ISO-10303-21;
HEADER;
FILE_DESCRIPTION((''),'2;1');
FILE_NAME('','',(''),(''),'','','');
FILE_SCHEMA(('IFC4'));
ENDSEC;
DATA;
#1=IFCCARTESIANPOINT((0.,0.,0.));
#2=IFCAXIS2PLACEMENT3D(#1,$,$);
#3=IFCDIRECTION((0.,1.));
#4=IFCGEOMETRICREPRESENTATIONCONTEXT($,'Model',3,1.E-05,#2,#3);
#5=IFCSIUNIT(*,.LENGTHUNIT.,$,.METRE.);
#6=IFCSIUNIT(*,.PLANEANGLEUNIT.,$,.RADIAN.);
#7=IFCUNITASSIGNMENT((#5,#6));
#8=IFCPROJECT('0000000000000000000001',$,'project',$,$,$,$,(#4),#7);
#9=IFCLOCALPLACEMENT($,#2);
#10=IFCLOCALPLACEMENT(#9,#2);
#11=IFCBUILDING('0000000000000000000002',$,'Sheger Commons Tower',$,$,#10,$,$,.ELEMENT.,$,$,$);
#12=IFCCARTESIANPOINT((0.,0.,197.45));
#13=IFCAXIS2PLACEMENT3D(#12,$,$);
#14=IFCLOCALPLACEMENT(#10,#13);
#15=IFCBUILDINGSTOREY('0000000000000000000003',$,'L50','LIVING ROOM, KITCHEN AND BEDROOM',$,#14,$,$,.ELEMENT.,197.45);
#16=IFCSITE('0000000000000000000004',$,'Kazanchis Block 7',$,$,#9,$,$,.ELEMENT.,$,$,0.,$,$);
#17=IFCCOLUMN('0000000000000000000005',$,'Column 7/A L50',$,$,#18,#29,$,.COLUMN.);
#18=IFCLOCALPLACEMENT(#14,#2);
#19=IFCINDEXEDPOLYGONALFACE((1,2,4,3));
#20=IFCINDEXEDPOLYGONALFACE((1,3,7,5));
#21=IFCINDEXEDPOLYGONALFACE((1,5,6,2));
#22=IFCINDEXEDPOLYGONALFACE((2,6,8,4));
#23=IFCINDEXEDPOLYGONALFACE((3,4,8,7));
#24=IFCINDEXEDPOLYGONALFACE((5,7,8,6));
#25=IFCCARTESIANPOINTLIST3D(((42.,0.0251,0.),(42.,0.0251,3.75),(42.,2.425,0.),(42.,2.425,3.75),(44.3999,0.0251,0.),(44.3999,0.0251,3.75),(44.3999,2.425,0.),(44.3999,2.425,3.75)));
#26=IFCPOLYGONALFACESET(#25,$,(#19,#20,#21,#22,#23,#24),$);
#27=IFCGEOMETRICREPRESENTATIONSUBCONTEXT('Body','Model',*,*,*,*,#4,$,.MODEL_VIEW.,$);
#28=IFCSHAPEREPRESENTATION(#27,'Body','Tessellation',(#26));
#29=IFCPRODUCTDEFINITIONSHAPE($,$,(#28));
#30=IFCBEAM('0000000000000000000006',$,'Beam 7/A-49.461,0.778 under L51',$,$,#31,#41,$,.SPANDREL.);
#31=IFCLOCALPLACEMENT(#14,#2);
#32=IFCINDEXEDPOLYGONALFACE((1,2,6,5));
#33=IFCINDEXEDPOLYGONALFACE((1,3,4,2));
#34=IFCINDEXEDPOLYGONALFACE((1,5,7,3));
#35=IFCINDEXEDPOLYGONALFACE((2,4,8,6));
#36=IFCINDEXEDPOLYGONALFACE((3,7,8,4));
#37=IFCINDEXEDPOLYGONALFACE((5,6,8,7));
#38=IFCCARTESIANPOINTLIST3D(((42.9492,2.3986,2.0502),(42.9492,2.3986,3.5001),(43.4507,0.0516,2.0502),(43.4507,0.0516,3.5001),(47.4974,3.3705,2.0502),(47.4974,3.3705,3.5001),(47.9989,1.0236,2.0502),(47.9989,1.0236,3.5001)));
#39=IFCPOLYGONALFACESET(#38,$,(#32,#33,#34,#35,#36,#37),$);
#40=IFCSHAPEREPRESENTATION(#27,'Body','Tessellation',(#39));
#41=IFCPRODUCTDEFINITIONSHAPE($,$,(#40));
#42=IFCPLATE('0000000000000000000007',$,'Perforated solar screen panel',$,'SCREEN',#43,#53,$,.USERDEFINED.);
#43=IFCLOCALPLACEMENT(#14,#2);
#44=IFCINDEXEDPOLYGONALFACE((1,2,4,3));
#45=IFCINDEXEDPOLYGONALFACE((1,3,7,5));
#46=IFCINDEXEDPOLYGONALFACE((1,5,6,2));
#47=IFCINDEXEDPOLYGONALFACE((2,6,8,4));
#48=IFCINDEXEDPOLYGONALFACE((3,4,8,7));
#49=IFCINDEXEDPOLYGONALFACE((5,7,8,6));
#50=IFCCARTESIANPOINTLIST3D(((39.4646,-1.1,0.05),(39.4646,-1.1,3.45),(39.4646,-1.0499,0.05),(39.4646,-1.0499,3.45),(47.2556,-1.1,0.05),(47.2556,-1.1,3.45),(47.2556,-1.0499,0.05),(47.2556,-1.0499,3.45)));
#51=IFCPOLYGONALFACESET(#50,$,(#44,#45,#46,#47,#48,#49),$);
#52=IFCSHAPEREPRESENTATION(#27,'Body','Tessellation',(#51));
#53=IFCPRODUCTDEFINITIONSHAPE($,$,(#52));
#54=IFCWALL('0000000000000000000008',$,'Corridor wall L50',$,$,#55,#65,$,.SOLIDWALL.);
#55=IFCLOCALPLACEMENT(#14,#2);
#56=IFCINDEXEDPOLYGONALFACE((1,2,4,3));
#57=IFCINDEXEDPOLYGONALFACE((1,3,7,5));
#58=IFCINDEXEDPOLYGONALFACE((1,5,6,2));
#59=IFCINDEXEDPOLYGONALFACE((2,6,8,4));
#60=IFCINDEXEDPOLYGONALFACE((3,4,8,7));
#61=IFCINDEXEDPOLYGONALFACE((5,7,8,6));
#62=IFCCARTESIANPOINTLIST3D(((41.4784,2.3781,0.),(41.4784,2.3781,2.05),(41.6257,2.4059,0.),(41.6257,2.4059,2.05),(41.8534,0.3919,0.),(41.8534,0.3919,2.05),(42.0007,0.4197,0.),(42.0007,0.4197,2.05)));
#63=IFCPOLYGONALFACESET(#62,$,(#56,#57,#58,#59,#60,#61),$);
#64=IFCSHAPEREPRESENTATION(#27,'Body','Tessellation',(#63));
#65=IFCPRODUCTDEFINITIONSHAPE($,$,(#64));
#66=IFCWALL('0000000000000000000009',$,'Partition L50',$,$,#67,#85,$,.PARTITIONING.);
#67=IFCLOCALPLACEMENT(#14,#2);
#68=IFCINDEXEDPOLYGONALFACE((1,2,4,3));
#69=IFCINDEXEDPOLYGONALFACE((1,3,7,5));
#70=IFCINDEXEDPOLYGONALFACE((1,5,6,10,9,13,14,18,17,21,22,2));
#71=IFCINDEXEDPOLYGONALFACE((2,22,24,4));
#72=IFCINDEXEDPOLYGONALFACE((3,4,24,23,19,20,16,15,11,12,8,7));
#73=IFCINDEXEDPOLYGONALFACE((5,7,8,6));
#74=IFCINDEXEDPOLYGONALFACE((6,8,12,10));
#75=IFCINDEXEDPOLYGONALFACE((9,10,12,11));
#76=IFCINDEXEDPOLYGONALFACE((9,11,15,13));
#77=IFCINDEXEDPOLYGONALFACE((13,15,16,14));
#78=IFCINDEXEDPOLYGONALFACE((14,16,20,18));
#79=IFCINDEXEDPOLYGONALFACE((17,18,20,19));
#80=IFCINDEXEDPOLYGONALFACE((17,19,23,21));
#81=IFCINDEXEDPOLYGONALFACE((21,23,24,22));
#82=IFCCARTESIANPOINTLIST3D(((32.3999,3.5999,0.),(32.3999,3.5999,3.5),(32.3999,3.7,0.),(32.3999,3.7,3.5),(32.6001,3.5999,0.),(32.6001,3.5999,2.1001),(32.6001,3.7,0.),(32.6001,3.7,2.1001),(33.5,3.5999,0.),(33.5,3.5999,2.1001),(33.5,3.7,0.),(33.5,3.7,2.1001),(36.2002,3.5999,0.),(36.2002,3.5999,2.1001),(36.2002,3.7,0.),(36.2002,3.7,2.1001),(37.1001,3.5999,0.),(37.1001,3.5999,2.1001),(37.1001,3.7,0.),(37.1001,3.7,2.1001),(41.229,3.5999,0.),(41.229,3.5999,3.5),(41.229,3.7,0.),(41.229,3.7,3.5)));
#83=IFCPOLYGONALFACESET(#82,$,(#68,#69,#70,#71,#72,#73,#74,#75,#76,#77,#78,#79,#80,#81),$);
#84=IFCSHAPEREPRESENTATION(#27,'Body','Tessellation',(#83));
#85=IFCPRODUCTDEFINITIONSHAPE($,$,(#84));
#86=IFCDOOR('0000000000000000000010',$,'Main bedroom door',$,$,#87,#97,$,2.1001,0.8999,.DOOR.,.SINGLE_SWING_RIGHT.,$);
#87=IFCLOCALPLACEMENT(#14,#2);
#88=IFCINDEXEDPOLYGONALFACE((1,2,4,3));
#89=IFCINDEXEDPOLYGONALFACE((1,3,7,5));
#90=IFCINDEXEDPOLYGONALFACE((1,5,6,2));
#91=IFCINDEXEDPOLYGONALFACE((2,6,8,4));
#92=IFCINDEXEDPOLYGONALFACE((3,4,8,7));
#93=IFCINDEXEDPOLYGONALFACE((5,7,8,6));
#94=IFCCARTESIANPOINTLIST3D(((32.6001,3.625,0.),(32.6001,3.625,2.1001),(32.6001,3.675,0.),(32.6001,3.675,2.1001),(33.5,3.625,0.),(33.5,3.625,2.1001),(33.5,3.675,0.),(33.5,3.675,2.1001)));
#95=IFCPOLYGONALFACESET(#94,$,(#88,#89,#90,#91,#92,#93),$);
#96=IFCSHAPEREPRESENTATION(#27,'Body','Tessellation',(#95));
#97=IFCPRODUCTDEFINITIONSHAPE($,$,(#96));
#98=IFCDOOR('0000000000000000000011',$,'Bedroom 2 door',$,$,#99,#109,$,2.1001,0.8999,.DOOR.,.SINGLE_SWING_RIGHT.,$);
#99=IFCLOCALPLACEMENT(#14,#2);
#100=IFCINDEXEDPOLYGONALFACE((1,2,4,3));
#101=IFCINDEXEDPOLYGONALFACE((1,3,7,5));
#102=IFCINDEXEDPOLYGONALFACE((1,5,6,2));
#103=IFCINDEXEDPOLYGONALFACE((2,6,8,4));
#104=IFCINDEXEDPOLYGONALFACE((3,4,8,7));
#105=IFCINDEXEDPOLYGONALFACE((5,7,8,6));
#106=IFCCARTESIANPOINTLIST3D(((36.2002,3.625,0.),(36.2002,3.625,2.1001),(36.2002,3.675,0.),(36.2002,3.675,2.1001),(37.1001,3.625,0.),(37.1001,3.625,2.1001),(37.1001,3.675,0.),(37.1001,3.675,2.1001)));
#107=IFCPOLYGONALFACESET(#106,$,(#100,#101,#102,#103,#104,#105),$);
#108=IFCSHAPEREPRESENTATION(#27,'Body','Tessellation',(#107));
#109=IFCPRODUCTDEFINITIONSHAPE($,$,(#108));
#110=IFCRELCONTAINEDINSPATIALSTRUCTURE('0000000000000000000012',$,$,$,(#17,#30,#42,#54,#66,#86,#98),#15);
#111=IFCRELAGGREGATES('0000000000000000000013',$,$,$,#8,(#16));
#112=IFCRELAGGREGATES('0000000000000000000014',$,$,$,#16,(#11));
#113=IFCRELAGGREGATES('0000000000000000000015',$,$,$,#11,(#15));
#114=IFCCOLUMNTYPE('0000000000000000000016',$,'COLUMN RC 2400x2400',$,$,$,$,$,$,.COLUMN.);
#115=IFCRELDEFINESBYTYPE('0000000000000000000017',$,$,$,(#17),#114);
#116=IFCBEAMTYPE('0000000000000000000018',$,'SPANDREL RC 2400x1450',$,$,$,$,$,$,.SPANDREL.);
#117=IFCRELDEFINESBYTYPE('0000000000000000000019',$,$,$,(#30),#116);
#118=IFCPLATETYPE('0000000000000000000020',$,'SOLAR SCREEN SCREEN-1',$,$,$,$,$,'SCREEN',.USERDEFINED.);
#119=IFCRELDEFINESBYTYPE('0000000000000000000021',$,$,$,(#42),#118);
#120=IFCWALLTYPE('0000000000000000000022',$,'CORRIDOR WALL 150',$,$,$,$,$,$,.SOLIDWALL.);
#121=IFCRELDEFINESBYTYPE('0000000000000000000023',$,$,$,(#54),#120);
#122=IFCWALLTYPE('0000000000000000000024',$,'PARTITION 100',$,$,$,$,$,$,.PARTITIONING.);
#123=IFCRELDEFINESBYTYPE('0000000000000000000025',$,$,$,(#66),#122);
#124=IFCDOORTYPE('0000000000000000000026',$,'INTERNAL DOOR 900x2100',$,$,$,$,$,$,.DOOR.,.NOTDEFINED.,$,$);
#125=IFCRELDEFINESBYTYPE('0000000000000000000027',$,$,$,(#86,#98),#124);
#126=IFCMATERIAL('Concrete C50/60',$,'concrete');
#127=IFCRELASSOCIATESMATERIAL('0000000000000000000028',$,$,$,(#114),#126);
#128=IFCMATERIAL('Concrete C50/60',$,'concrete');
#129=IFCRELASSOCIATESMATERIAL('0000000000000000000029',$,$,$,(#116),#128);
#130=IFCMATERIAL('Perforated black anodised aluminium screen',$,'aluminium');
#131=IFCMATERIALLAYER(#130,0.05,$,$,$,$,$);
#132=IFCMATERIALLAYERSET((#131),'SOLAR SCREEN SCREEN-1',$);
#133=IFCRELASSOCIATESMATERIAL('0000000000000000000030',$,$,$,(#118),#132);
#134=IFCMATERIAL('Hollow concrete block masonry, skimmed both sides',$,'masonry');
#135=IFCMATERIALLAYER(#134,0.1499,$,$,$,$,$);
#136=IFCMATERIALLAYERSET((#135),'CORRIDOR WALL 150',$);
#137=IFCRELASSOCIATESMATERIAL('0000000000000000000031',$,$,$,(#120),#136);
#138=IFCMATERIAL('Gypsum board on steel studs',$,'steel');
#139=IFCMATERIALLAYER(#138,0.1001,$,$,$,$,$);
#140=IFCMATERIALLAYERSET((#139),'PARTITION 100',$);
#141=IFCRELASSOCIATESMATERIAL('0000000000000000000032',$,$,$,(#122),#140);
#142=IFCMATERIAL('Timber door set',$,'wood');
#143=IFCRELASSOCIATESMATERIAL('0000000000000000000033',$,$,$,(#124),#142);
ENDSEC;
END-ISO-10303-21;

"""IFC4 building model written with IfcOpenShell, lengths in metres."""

from ifc_helpers import new_model, si_unit, direction, frame, frame_2d, origin, origin_2d, place, context, subcontext, project, spatial, rectangle, extrude, material, layer, layer_set, material_profile, profile_set, type_object, element, fill, save


model = new_model("IFC4")

# Units and contexts
model_context = context("Model", 3, precision=1e-05, world=origin(), true_north=direction((0.0, 1.0)))
body_context = subcontext(model_context, "Body", "Model", "MODEL_VIEW")
ifc_project = project(units=[si_unit("LENGTHUNIT", "METRE"), si_unit("PLANEANGLEUNIT", "RADIAN")], contexts=[model_context])

# Site, building, storey
site_placement = place(None, origin())
site = spatial("IfcSite", under=ifc_project, at=site_placement, Name="Kazanchis Block 7", CompositionType="ELEMENT", RefElevation=0.0)
building_placement = place(site_placement, origin())
building = spatial("IfcBuilding", under=site, at=building_placement, Name="Sheger Commons Tower", CompositionType="ELEMENT")
storey_placement = place(building_placement, frame((0.0, 0.0, 197.45)))
storey = spatial("IfcBuildingStorey", under=building, at=storey_placement, Name="L50", Description="LIVING ROOM, KITCHEN AND BEDROOM", CompositionType="ELEMENT", Elevation=197.45)

# Column
ifc_material_1 = material(Name="Concrete C50/60", Category="concrete")
ifc_material_profile_1 = material_profile(ifc_material_1, rectangle(XDim=2.3999, YDim=2.3999, at=origin_2d()), Name="RC 2400x2400")
ifc_profile_set_1 = profile_set([ifc_material_profile_1], Name="Concrete C50/60")
column_type = type_object("IfcColumnType", Name="COLUMN RC 2400x2400", PredefinedType="COLUMN", material=ifc_profile_set_1)
column_placement = place(storey_placement, frame((43.2, 1.2251, 0.0), z_axis=(0.0, 0.0, 1.0), x_axis=(1.0, 0.0, 0.0)))
element("IfcColumn", 1, at=column_placement, inside=storey, type_object=column_type, Name="Column 7/A L50", PredefinedType="COLUMN", context=body_context, shape_type="SweptSolid", body=[
    extrude(rectangle(XDim=2.3999, YDim=2.3999, at=origin_2d()), origin(), (0.0, 0.0, 1.0), 3.75),
])

# Beam
ifc_material_2 = material(Name="Concrete C50/60", Category="concrete")
ifc_material_profile_2 = material_profile(ifc_material_2, rectangle(XDim=2.3999, YDim=1.45, at=origin_2d()), Name="RC 2400x1450")
ifc_profile_set_2 = profile_set([ifc_material_profile_2], Name="Concrete C50/60")
beam_type = type_object("IfcBeamType", Name="SPANDREL RC 2400x1450", PredefinedType="SPANDREL", material=ifc_profile_set_2)
beam_placement = place(storey_placement, frame((43.2, 1.2251, 2.7751), z_axis=(0.97792, 0.208981, 0.0), x_axis=(-0.208981, 0.97792, 0.0)))
element("IfcBeam", 2, at=beam_placement, inside=storey, type_object=beam_type, Name="Beam 7/A-49.461,0.778 under L51", PredefinedType="SPANDREL", context=body_context, shape_type="SweptSolid", body=[
    extrude(rectangle(XDim=2.3999, YDim=1.45, at=origin_2d()), origin(), (0.0, 0.0, 1.0), 4.6509),
])

# Plate
ifc_material_3 = material(Name="Perforated black anodised aluminium screen", Category="aluminium")
ifc_layer_1 = layer(ifc_material_3, 0.05)
ifc_layer_set_1 = layer_set([ifc_layer_1], Name="SOLAR SCREEN SCREEN-1")
plate_type = type_object("IfcPlateType", Name="SOLAR SCREEN SCREEN-1", ElementType="SCREEN", PredefinedType="USERDEFINED", material=ifc_layer_set_1)
plate_placement = place(storey_placement, frame((43.3601, -1.075, 0.05), z_axis=(0.0, 0.0, 1.0), x_axis=(1.0, 0.0, 0.0)))
element("IfcPlate", 3, at=plate_placement, inside=storey, type_object=plate_type, Name="Perforated solar screen panel", ObjectType="SCREEN", PredefinedType="USERDEFINED", context=body_context, shape_type="SweptSolid", body=[
    extrude(rectangle(XDim=7.791, YDim=0.05, at=origin_2d()), origin(), (0.0, 0.0, 1.0), 3.3999),
])

# Wall
ifc_material_4 = material(Name="Hollow concrete block masonry, skimmed both sides", Category="masonry")
ifc_layer_2 = layer(ifc_material_4, 0.1499)
ifc_layer_set_2 = layer_set([ifc_layer_2], Name="CORRIDOR WALL 150")
wall_type_1 = type_object("IfcWallType", Name="CORRIDOR WALL 150", PredefinedType="SOLIDWALL", material=ifc_layer_set_2)
wall_1_placement = place(storey_placement, frame((41.552, 2.3921, 0.0), z_axis=(0.0, 0.0, 1.0), x_axis=(0.185536, -0.982638, 0.0)))
element("IfcWall", 4, at=wall_1_placement, inside=storey, type_object=wall_type_1, Name="Corridor wall L50", PredefinedType="SOLIDWALL", context=body_context, shape_type="SweptSolid", body=[
    extrude(rectangle(XDim=2.0212, YDim=0.1499, at=frame_2d((1.0107, 0.0))), origin(), (0.0, 0.0, 1.0), 2.05),
])

# Wall, openings, doors
ifc_material_5 = material(Name="Gypsum board on steel studs", Category="steel")
ifc_layer_3 = layer(ifc_material_5, 0.1001)
ifc_layer_set_3 = layer_set([ifc_layer_3], Name="PARTITION 100")
wall_type_2 = type_object("IfcWallType", Name="PARTITION 100", PredefinedType="PARTITIONING", material=ifc_layer_set_3)
wall_2_placement = place(storey_placement, frame((41.229, 3.6499, 0.0), z_axis=(0.0, 0.0, 1.0), x_axis=(-1.0, 0.0, 0.0)))
wall_2 = element("IfcWall", 5, at=wall_2_placement, inside=storey, type_object=wall_type_2, Name="Partition L50", PredefinedType="PARTITIONING", context=body_context, shape_type="SweptSolid", body=[
    extrude(rectangle(XDim=8.8291, YDim=0.1001, at=frame_2d((4.4146, 0.0))), origin(), (0.0, 0.0, 1.0), 3.5),
])
opening_1_placement = place(wall_2_placement, frame((7.729, 0.0, 0.0)))
opening_1 = element("IfcOpeningElement", 6, at=opening_1_placement, cuts=wall_2, PredefinedType="OPENING", context=body_context, shape_type="SweptSolid", body=[
    extrude(rectangle(XDim=0.8999, YDim=2.1001, at=frame_2d((0.45, 1.05))), frame((0.0, 0.0601, 0.0), z_axis=(0.0, -1.0, 0.0), x_axis=(1.0, 0.0, 0.0)), (0.0, 0.0, 1.0), 0.1201),
])
opening_2_placement = place(wall_2_placement, frame((4.1289, 0.0, 0.0)))
opening_2 = element("IfcOpeningElement", 7, at=opening_2_placement, cuts=wall_2, PredefinedType="OPENING", context=body_context, shape_type="SweptSolid", body=[
    extrude(rectangle(XDim=0.8999, YDim=2.1001, at=frame_2d((0.45, 1.05))), frame((0.0, 0.0601, 0.0), z_axis=(0.0, -1.0, 0.0), x_axis=(1.0, 0.0, 0.0)), (0.0, 0.0, 1.0), 0.1201),
])
ifc_material_6 = material(Name="Timber door set", Category="wood")
door_type = type_object("IfcDoorType", Name="INTERNAL DOOR 900x2100", OperationType="NOTDEFINED", PredefinedType="DOOR", material=ifc_material_6)
door_1_placement = place(opening_1_placement, origin())
door_1 = element("IfcDoor", 8, at=door_1_placement, inside=storey, type_object=door_type, Name="Main bedroom door", OperationType="SINGLE_SWING_RIGHT", OverallHeight=2.1001, OverallWidth=0.8999, PredefinedType="DOOR", context=body_context, shape_type="SweptSolid", body=[
    extrude(rectangle(XDim=0.8999, YDim=2.1001, at=frame_2d((0.45, 1.05))), frame((0.0, 0.0249, 0.0), z_axis=(0.0, -1.0, 0.0), x_axis=(1.0, 0.0, 0.0)), (0.0, 0.0, 1.0), 0.05),
])
fill(opening_1, door_1)
door_2_placement = place(opening_2_placement, origin())
door_2 = element("IfcDoor", 9, at=door_2_placement, inside=storey, type_object=door_type, Name="Bedroom 2 door", OperationType="SINGLE_SWING_RIGHT", OverallHeight=2.1001, OverallWidth=0.8999, PredefinedType="DOOR", context=body_context, shape_type="SweptSolid", body=[
    extrude(rectangle(XDim=0.8999, YDim=2.1001, at=frame_2d((0.45, 1.05))), frame((0.0, 0.0249, 0.0), z_axis=(0.0, -1.0, 0.0), x_axis=(1.0, 0.0, 0.0)), (0.0, 0.0, 1.0), 0.05),
])
fill(opening_2, door_2)

save(model, "model.ifc")
